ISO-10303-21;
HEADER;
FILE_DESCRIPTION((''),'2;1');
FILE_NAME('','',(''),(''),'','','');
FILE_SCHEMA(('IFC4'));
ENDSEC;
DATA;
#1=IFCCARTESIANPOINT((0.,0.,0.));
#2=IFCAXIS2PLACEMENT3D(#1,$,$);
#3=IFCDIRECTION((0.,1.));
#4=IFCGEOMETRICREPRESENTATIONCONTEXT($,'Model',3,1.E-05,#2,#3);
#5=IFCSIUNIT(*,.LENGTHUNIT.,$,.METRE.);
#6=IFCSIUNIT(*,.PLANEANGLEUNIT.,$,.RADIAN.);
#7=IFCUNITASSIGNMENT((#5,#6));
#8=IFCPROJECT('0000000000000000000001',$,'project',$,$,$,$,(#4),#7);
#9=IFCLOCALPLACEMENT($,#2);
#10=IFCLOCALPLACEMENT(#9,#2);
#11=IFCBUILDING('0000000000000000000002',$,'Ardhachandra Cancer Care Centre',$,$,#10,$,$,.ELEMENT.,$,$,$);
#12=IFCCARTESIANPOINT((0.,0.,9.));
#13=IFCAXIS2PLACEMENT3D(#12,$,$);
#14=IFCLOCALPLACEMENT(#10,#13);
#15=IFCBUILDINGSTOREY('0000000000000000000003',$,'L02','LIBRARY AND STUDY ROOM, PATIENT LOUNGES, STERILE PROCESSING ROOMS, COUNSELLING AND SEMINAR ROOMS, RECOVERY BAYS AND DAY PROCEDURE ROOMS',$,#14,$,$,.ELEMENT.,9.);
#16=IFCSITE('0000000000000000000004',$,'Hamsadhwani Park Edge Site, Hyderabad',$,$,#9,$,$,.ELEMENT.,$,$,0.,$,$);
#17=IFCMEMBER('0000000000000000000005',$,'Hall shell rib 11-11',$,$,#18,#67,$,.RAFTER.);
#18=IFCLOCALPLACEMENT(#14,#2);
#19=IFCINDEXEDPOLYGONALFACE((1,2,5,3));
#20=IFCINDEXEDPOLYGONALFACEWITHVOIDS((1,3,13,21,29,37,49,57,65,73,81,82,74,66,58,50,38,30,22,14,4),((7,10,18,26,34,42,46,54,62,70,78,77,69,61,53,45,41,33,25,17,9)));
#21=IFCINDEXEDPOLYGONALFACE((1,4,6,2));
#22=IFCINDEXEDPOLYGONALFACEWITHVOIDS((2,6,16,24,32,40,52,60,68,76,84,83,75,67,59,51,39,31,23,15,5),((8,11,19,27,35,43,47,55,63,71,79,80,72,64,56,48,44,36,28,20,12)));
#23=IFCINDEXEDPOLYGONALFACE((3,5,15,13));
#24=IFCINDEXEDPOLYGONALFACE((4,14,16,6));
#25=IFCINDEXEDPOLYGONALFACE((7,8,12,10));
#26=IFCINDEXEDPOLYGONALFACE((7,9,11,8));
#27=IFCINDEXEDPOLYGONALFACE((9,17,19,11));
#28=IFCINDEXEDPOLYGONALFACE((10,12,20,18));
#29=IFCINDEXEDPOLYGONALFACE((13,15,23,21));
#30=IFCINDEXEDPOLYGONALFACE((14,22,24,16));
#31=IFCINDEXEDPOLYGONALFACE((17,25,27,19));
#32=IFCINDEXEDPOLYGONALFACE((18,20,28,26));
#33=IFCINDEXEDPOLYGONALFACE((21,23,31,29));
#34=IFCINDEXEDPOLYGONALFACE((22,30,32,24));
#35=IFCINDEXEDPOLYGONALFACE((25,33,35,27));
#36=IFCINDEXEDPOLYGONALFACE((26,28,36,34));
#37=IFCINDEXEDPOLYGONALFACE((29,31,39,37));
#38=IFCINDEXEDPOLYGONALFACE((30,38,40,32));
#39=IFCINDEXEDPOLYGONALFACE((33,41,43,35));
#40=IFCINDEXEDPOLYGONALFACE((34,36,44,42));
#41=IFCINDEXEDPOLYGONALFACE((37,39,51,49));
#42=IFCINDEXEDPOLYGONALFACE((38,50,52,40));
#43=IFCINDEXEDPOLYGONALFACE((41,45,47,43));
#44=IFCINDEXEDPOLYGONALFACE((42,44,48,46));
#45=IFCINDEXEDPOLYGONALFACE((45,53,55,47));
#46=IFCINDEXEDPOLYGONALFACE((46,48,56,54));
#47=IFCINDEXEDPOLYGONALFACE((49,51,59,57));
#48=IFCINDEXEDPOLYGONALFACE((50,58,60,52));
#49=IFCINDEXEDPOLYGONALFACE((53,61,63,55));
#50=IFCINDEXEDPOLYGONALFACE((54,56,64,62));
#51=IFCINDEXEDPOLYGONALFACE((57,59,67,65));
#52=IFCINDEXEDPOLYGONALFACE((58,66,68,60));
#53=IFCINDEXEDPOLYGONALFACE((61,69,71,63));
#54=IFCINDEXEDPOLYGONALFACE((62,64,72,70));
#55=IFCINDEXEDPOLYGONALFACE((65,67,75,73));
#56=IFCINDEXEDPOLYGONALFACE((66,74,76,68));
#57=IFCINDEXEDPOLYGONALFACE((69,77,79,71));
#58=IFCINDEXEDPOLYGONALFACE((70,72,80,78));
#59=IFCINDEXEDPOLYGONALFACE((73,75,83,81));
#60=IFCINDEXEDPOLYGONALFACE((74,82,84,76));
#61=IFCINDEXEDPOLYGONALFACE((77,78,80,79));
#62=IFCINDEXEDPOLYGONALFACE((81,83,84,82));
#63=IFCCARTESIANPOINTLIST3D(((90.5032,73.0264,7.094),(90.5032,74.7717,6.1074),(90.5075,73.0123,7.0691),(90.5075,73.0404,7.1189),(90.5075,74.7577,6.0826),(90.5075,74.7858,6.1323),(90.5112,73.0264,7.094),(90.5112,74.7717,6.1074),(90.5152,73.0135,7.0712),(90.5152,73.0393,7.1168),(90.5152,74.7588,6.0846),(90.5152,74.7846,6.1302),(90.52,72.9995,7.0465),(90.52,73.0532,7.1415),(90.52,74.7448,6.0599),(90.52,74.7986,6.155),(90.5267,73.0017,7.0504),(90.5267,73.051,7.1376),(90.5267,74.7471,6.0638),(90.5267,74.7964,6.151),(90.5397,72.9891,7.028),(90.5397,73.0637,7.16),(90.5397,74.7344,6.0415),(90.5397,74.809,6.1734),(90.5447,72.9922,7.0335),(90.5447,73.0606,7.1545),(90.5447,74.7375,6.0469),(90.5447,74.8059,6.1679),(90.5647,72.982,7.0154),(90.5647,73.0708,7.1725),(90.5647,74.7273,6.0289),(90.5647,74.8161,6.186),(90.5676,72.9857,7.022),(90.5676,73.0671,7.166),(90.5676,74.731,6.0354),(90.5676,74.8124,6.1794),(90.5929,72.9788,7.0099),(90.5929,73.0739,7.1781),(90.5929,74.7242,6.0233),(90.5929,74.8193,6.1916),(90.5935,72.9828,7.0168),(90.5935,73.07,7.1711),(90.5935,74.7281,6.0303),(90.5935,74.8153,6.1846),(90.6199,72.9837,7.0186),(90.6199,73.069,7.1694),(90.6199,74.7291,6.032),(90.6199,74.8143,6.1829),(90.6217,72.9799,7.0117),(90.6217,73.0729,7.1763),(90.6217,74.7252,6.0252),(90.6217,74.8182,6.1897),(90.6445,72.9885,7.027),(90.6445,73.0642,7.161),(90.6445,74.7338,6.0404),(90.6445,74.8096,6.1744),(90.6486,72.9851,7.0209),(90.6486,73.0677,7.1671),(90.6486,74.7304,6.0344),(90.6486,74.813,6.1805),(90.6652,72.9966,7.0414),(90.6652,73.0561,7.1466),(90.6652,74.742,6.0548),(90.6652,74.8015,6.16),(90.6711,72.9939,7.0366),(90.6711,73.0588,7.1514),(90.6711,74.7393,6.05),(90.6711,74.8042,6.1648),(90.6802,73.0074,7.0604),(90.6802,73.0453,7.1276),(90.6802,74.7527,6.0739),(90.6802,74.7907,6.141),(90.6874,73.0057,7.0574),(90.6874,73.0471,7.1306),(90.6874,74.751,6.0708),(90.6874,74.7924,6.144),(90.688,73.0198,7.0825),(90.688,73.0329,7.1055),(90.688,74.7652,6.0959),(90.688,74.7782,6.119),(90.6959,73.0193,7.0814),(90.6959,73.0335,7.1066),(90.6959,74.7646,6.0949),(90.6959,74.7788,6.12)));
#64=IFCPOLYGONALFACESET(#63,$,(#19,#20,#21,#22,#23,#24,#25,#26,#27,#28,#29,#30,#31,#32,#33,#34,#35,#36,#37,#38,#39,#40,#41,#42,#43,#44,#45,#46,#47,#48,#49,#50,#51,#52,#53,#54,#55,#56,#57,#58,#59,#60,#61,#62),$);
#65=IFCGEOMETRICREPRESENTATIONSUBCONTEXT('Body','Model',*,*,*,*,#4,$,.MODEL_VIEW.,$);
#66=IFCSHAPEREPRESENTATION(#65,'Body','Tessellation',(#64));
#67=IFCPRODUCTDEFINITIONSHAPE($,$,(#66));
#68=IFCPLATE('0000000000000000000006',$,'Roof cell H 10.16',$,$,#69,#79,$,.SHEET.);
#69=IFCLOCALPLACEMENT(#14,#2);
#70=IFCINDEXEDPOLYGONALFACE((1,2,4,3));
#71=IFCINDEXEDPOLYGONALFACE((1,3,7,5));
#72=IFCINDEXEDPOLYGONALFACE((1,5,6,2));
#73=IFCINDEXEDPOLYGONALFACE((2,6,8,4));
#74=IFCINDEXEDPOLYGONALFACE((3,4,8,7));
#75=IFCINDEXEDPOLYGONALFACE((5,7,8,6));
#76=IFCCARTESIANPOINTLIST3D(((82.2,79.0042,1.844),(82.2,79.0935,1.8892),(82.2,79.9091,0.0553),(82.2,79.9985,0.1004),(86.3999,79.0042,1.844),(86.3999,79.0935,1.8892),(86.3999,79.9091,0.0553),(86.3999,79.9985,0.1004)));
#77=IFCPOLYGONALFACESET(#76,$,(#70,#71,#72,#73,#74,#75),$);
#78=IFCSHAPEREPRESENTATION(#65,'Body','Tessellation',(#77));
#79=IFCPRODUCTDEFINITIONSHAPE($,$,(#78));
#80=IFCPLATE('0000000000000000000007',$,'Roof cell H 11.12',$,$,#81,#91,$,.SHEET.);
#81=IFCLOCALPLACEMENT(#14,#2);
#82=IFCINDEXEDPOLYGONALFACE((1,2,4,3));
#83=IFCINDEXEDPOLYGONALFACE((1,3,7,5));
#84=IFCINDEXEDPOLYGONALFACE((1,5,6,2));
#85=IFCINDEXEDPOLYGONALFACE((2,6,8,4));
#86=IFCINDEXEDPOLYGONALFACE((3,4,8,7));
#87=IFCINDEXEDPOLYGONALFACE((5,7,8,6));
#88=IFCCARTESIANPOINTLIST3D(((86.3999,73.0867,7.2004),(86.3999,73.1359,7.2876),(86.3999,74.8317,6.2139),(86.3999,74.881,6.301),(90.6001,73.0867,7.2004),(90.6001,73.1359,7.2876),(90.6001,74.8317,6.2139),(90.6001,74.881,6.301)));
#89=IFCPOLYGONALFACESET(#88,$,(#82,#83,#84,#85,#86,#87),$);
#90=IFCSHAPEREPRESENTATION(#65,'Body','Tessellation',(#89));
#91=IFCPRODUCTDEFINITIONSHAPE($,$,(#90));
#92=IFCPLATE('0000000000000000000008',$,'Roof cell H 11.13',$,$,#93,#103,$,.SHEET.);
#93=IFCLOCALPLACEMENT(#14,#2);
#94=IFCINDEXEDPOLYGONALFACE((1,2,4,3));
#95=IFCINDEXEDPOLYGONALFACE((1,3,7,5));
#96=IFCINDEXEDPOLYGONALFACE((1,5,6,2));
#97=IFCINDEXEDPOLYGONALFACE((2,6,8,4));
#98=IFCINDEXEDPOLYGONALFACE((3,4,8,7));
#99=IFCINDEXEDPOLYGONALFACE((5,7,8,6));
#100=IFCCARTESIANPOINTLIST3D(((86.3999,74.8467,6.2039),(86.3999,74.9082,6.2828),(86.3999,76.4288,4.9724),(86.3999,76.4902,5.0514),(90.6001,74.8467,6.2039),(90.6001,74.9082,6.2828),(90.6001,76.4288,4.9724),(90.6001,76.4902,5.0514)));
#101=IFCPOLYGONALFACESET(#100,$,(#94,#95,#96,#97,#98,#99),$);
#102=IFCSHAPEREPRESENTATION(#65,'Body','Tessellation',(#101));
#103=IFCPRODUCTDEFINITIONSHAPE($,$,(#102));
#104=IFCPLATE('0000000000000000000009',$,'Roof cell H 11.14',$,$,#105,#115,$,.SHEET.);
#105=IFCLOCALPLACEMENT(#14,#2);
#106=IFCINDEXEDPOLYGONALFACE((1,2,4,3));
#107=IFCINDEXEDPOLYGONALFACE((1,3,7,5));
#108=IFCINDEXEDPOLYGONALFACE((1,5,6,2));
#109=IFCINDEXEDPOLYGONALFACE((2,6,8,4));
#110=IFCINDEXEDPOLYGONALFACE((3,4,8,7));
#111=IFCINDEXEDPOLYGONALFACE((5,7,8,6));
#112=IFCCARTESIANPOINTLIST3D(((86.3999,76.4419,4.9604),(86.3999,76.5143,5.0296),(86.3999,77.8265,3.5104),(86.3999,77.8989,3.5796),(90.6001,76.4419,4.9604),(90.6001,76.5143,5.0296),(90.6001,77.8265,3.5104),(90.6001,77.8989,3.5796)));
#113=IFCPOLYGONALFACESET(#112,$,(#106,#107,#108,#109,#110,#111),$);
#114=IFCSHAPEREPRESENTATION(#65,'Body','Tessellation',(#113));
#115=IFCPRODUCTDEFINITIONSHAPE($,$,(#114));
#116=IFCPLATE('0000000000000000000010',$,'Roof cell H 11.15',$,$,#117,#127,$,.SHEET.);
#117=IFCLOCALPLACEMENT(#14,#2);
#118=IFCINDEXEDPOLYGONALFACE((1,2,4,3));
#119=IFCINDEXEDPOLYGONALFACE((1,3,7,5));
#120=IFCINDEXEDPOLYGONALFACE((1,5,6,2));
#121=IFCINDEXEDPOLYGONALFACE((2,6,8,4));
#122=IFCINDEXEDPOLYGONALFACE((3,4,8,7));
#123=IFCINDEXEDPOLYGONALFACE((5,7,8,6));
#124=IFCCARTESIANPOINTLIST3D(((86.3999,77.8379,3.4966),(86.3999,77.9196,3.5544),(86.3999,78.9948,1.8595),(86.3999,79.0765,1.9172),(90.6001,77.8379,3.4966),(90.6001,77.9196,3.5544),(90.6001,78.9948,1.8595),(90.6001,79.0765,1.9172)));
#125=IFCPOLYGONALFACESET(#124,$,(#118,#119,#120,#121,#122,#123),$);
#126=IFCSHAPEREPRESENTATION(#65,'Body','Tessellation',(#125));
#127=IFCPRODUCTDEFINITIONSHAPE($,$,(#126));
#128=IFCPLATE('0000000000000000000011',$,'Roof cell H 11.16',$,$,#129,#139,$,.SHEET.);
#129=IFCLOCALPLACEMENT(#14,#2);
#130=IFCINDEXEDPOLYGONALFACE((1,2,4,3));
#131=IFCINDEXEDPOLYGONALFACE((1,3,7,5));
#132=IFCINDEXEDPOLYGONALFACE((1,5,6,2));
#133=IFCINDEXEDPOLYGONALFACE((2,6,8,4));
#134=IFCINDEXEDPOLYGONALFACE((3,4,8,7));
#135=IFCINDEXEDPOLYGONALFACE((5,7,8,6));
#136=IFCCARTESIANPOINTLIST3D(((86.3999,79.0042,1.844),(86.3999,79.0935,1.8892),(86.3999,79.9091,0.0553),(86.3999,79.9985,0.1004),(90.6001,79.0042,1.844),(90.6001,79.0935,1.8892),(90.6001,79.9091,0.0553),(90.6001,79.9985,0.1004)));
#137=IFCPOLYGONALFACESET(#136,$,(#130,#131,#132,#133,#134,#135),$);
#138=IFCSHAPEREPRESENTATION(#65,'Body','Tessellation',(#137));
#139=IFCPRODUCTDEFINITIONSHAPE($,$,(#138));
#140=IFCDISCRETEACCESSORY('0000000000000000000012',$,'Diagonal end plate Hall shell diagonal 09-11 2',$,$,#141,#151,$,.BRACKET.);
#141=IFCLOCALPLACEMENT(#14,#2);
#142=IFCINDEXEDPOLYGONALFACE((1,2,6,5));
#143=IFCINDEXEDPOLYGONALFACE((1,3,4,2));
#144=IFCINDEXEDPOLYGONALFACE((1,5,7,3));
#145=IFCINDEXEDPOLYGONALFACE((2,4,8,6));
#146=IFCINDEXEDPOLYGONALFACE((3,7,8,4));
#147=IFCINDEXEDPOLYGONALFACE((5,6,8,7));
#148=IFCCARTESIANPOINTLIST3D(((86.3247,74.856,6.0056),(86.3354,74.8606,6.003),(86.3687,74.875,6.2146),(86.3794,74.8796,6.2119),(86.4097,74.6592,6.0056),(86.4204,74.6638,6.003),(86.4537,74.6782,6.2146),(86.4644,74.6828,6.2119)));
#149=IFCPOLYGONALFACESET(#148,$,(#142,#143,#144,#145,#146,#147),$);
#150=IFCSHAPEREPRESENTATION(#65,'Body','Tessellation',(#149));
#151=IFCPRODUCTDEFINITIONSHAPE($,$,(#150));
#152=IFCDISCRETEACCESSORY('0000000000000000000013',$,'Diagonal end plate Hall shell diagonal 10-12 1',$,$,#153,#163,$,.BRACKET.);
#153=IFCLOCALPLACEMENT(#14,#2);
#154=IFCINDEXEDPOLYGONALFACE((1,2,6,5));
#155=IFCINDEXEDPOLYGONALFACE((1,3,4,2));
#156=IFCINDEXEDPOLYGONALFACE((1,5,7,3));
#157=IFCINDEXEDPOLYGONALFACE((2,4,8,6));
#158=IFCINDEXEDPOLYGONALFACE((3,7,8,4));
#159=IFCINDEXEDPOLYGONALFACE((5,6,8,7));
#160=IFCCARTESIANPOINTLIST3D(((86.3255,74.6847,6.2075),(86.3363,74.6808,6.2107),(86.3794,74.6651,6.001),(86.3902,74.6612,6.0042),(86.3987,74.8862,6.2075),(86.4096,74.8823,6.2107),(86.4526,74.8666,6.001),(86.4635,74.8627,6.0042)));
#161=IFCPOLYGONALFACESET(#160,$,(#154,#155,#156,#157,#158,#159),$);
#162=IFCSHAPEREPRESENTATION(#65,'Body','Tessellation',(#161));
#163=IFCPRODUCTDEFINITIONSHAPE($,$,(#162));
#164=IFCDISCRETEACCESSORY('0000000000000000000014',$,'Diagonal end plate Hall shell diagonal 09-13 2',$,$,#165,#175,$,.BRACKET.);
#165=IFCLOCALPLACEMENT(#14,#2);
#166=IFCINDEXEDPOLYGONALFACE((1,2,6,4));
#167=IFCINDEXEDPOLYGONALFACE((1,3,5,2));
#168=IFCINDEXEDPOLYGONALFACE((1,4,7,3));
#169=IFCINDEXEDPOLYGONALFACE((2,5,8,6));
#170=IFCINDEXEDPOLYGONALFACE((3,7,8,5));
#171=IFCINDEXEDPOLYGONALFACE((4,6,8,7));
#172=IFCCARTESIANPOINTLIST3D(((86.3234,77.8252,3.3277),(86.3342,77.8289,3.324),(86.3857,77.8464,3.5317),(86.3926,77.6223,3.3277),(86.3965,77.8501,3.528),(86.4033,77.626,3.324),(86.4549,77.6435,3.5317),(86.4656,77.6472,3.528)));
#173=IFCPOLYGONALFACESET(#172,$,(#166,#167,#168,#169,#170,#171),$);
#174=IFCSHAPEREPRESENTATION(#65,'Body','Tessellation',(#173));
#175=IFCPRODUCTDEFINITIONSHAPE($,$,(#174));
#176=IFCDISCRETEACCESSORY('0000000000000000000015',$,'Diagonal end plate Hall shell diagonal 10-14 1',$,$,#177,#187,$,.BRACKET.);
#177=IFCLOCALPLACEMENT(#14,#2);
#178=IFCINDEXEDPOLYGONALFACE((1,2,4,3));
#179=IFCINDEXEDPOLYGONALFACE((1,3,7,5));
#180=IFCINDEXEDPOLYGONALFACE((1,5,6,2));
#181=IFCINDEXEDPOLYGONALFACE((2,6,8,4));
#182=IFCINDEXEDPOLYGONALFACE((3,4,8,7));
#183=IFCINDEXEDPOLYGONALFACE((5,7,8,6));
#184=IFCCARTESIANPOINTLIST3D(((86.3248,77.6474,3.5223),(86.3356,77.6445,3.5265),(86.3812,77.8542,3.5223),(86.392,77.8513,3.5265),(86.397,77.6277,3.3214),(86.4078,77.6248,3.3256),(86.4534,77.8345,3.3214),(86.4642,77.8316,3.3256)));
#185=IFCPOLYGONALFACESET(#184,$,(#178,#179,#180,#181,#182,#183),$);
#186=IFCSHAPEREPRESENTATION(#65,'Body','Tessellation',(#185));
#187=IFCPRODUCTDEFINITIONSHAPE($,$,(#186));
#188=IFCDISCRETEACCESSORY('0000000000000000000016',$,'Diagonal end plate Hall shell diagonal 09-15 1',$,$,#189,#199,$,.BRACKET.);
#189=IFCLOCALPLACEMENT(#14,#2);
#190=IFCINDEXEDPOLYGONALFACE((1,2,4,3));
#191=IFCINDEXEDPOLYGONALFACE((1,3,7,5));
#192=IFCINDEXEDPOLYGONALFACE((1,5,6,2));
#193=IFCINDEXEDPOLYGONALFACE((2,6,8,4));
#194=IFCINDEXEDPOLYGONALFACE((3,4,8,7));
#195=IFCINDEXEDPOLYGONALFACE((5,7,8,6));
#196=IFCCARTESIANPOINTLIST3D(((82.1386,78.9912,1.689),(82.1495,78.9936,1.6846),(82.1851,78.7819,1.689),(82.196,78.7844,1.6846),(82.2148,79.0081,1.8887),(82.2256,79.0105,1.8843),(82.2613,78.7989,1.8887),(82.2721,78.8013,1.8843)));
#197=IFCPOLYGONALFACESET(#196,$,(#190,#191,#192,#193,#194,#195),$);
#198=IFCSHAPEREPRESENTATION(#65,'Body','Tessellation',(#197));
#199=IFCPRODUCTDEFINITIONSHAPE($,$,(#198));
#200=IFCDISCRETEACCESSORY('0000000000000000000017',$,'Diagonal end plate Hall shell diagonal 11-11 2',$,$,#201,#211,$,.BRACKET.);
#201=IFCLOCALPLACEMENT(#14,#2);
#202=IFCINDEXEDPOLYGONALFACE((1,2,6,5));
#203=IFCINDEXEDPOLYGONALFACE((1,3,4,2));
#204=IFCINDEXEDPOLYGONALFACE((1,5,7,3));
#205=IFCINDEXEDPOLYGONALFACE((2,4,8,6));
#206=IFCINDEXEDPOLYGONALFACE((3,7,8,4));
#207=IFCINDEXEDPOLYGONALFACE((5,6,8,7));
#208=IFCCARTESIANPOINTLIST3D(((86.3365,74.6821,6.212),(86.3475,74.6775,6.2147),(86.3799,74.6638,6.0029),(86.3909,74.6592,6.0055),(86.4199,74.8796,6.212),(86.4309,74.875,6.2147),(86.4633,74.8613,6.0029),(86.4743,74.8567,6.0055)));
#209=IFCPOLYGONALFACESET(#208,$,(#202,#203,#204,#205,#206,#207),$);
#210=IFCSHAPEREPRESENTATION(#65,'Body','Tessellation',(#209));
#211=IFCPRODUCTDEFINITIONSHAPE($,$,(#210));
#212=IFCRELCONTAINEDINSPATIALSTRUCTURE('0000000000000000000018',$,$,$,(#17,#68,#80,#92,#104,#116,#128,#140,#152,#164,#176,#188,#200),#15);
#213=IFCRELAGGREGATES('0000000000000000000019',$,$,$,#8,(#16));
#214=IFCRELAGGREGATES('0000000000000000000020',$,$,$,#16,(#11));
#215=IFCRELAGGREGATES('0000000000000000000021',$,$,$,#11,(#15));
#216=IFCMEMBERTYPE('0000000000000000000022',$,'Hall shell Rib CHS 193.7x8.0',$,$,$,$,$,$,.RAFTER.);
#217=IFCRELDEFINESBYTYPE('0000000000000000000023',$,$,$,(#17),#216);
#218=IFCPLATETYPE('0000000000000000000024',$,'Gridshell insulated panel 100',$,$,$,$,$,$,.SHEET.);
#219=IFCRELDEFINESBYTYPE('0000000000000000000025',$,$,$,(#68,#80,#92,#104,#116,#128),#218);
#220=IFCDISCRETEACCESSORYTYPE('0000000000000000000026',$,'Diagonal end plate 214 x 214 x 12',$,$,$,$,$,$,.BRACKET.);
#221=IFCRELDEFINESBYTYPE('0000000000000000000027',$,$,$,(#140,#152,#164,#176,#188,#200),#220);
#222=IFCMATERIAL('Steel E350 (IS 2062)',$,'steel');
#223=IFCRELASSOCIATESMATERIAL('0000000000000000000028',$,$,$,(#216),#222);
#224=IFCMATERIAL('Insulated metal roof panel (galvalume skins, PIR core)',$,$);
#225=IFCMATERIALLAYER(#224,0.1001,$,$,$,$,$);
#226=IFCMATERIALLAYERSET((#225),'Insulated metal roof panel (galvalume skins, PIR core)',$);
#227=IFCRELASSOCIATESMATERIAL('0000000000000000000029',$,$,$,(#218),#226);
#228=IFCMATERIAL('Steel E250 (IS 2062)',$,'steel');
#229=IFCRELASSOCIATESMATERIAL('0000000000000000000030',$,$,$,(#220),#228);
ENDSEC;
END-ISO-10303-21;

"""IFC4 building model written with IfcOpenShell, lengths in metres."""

from ifc_helpers import new_model, si_unit, direction, frame, origin, origin_2d, place, context, subcontext, project, spatial, polyline, rectangle, hollow_circle, outline, extrude, material, layer, layer_set, material_profile, profile_set, type_object, element, save


model = new_model("IFC4")

# Units and contexts
model_context = context("Model", 3, precision=1e-05, world=origin(), true_north=direction((0.0, 1.0)))
body_context = subcontext(model_context, "Body", "Model", "MODEL_VIEW")
ifc_project = project(units=[si_unit("LENGTHUNIT", "METRE"), si_unit("PLANEANGLEUNIT", "RADIAN")], contexts=[model_context])

# Site, building, storey
site_placement = place(None, origin())
site = spatial("IfcSite", under=ifc_project, at=site_placement, Name="Hamsadhwani Park Edge Site, Hyderabad", CompositionType="ELEMENT", RefElevation=0.0)
building_placement = place(site_placement, origin())
building = spatial("IfcBuilding", under=site, at=building_placement, Name="Ardhachandra Cancer Care Centre", CompositionType="ELEMENT")
storey_placement = place(building_placement, frame((0.0, 0.0, 9.0)))
storey = spatial("IfcBuildingStorey", under=building, at=storey_placement, Name="L02", Description="LIBRARY AND STUDY ROOM, PATIENT LOUNGES, STERILE PROCESSING ROOMS, COUNSELLING AND SEMINAR ROOMS, RECOVERY BAYS AND DAY PROCEDURE ROOMS", CompositionType="ELEMENT", Elevation=9.0)

# Member
ifc_material_1 = material(Name="Steel E350 (IS 2062)", Category="steel")
ifc_material_profile_1 = material_profile(ifc_material_1, hollow_circle(Radius=0.0969, WallThickness=0.0081, at=origin_2d()), Name="CHS 193.7x8.0")
ifc_profile_set_1 = profile_set([ifc_material_profile_1], Name="Steel E350 (IS 2062)")
member_type_1 = type_object("IfcMemberType", Name="Hall shell Rib CHS 193.7x8.0", PredefinedType="RAFTER", material=ifc_profile_set_1)
member_1_placement = place(storey_placement, frame((90.6001, 73.0264, 7.094), z_axis=(0.0, 0.870549, -0.492081), x_axis=(-1.0, 0.0, 0.0)))
element("IfcMember", 1, at=member_1_placement, inside=storey, type_object=member_type_1, Name="Hall shell rib 11-11", PredefinedType="RAFTER", context=body_context, shape_type="SweptSolid", body=[
    extrude(hollow_circle(Radius=0.0969, WallThickness=0.0081, at=origin_2d()), origin(), (0.0, 0.0, 1.0), 2.0049),
])

# Plates
ifc_material_2 = material(Name="Insulated metal roof panel (galvalume skins, PIR core)")
ifc_layer = layer(ifc_material_2, 0.1001)
ifc_layer_set = layer_set([ifc_layer], Name="Insulated metal roof panel (galvalume skins, PIR core)")
plate_type = type_object("IfcPlateType", Name="Gridshell insulated panel 100", PredefinedType="SHEET", material=ifc_layer_set)
plate_1_placement = place(storey_placement, frame((82.2, 79.0042, 1.844), z_axis=(0.0, 0.892298, 0.451447), x_axis=(1.0, 0.0, 0.0)))
element("IfcPlate", 2, at=plate_1_placement, inside=storey, type_object=plate_type, Name="Roof cell H 10.16", PredefinedType="SHEET", context=body_context, shape_type="SweptSolid", body=[
    extrude(outline(polyline([(0.0, 0.0), (4.2, 0.0), (4.2, 2.0046), (0.0, 2.0046), (0.0, 0.0)])), origin(), (0.0, 0.0, 1.0), 0.1001),
])
plate_2_placement = place(storey_placement, frame((86.3999, 73.0867, 7.2004), z_axis=(0.0, 0.492134, 0.87052), x_axis=(1.0, 0.0, 0.0)))
element("IfcPlate", 3, at=plate_2_placement, inside=storey, type_object=plate_type, Name="Roof cell H 11.12", PredefinedType="SHEET", context=body_context, shape_type="SweptSolid", body=[
    extrude(outline(polyline([(0.0, 0.0), (4.2002, 0.0), (4.2002, 2.0046), (0.0, 2.0046), (0.0, 0.0)])), origin(), (0.0, 0.0, 1.0), 0.1001),
])
for number, where, z_axis, x_axis, name in (
    (4, (86.3999, 74.8467, 6.2039), (0.0, 0.614244, 0.789116), (1.0, 0.0, 0.0), "Roof cell H 11.13"),
    (5, (86.3999, 76.4419, 4.9604), (0.0, 0.723237, 0.6906), (1.0, 0.0, 0.0), "Roof cell H 11.14"),
):
    element("IfcPlate", number, at=place(storey_placement, frame(where, z_axis=z_axis, x_axis=x_axis)), inside=storey, type_object=plate_type, Name=name, PredefinedType="SHEET", context=body_context, shape_type="SweptSolid", body=[
        extrude(outline(polyline([(0.0, 0.0), (4.2002, 0.0), (4.2002, 2.0049), (0.0, 2.0049), (0.0, 0.0)])), origin(), (0.0, 0.0, 1.0), 0.1001),
    ])
for number, where, z_axis, x_axis, name in (
    (6, (86.3999, 77.8379, 3.4966), (0.0, 0.816661, 0.577118), (1.0, 0.0, 0.0), "Roof cell H 11.15"),
    (7, (86.3999, 79.0042, 1.844), (0.0, 0.892298, 0.451447), (1.0, 0.0, 0.0), "Roof cell H 11.16"),
):
    element("IfcPlate", number, at=place(storey_placement, frame(where, z_axis=z_axis, x_axis=x_axis)), inside=storey, type_object=plate_type, Name=name, PredefinedType="SHEET", context=body_context, shape_type="SweptSolid", body=[
        extrude(outline(polyline([(0.0, 0.0), (4.2002, 0.0), (4.2002, 2.0046), (0.0, 2.0046), (0.0, 0.0)])), origin(), (0.0, 0.0, 1.0), 0.1001),
    ])

# Discrete accessories
ifc_material_3 = material(Name="Steel E250 (IS 2062)", Category="steel")
ifc_material_profile_2 = material_profile(ifc_material_3, rectangle(XDim=0.2144, YDim=0.2144, at=origin_2d()), Name="PL 214x214x12")
ifc_profile_set_2 = profile_set([ifc_material_profile_2], Name="Steel E250 (IS 2062)")
discrete_accessory_type = type_object("IfcDiscreteAccessoryType", Name="Diagonal end plate 214 x 214 x 12", PredefinedType="BRACKET", material=ifc_profile_set_2)
for number, where, z_axis, x_axis, name in (
    (8, (86.3999, 74.7717, 6.1074), (-0.894797, -0.38639, 0.223699), (0.396436, -0.918062, 0.0), "Diagonal end plate Hall shell diagonal 09-11 2"),
    (9, (86.3999, 74.7717, 6.1074), (-0.905534, 0.329285, -0.267544), (-0.341743, -0.939793, 0.0), "Diagonal end plate Hall shell diagonal 10-12 1"),
    (10, (86.3999, 77.738, 3.426), (-0.900777, -0.307083, 0.307083), (0.322674, -0.94651, 0.0), "Diagonal end plate Hall shell diagonal 09-13 2"),
    (11, (86.3999, 77.738, 3.426), (-0.904004, 0.246546, -0.349274), (-0.263117, -0.964764, 0.0), "Diagonal end plate Hall shell diagonal 10-14 1"),
    (12, (82.2, 78.895, 1.7888), (0.909323, 0.202072, -0.363729), (-0.21693, 0.976187, 0.0), "Diagonal end plate Hall shell diagonal 09-15 1"),
):
    element("IfcDiscreteAccessory", number, at=place(storey_placement, frame(where, z_axis=z_axis, x_axis=x_axis)), inside=storey, type_object=discrete_accessory_type, Name=name, PredefinedType="BRACKET", context=body_context, shape_type="SweptSolid", body=[
        extrude(rectangle(XDim=0.2144, YDim=0.2144, at=origin_2d()), origin(), (0.0, 0.0, 1.0), 0.012),
    ])
discrete_accessory_1_placement = place(storey_placement, frame((86.3999, 74.7717, 6.1074), z_axis=(0.898743, -0.379469, 0.219693), x_axis=(0.388972, 0.92125, 0.0)))
element("IfcDiscreteAccessory", 13, at=discrete_accessory_1_placement, inside=storey, type_object=discrete_accessory_type, Name="Diagonal end plate Hall shell diagonal 11-11 2", PredefinedType="BRACKET", context=body_context, shape_type="SweptSolid", body=[
    extrude(rectangle(XDim=0.2144, YDim=0.2144, at=origin_2d()), origin(), (0.0, 0.0, 1.0), 0.0122),
])

save(model, "model.ifc")
